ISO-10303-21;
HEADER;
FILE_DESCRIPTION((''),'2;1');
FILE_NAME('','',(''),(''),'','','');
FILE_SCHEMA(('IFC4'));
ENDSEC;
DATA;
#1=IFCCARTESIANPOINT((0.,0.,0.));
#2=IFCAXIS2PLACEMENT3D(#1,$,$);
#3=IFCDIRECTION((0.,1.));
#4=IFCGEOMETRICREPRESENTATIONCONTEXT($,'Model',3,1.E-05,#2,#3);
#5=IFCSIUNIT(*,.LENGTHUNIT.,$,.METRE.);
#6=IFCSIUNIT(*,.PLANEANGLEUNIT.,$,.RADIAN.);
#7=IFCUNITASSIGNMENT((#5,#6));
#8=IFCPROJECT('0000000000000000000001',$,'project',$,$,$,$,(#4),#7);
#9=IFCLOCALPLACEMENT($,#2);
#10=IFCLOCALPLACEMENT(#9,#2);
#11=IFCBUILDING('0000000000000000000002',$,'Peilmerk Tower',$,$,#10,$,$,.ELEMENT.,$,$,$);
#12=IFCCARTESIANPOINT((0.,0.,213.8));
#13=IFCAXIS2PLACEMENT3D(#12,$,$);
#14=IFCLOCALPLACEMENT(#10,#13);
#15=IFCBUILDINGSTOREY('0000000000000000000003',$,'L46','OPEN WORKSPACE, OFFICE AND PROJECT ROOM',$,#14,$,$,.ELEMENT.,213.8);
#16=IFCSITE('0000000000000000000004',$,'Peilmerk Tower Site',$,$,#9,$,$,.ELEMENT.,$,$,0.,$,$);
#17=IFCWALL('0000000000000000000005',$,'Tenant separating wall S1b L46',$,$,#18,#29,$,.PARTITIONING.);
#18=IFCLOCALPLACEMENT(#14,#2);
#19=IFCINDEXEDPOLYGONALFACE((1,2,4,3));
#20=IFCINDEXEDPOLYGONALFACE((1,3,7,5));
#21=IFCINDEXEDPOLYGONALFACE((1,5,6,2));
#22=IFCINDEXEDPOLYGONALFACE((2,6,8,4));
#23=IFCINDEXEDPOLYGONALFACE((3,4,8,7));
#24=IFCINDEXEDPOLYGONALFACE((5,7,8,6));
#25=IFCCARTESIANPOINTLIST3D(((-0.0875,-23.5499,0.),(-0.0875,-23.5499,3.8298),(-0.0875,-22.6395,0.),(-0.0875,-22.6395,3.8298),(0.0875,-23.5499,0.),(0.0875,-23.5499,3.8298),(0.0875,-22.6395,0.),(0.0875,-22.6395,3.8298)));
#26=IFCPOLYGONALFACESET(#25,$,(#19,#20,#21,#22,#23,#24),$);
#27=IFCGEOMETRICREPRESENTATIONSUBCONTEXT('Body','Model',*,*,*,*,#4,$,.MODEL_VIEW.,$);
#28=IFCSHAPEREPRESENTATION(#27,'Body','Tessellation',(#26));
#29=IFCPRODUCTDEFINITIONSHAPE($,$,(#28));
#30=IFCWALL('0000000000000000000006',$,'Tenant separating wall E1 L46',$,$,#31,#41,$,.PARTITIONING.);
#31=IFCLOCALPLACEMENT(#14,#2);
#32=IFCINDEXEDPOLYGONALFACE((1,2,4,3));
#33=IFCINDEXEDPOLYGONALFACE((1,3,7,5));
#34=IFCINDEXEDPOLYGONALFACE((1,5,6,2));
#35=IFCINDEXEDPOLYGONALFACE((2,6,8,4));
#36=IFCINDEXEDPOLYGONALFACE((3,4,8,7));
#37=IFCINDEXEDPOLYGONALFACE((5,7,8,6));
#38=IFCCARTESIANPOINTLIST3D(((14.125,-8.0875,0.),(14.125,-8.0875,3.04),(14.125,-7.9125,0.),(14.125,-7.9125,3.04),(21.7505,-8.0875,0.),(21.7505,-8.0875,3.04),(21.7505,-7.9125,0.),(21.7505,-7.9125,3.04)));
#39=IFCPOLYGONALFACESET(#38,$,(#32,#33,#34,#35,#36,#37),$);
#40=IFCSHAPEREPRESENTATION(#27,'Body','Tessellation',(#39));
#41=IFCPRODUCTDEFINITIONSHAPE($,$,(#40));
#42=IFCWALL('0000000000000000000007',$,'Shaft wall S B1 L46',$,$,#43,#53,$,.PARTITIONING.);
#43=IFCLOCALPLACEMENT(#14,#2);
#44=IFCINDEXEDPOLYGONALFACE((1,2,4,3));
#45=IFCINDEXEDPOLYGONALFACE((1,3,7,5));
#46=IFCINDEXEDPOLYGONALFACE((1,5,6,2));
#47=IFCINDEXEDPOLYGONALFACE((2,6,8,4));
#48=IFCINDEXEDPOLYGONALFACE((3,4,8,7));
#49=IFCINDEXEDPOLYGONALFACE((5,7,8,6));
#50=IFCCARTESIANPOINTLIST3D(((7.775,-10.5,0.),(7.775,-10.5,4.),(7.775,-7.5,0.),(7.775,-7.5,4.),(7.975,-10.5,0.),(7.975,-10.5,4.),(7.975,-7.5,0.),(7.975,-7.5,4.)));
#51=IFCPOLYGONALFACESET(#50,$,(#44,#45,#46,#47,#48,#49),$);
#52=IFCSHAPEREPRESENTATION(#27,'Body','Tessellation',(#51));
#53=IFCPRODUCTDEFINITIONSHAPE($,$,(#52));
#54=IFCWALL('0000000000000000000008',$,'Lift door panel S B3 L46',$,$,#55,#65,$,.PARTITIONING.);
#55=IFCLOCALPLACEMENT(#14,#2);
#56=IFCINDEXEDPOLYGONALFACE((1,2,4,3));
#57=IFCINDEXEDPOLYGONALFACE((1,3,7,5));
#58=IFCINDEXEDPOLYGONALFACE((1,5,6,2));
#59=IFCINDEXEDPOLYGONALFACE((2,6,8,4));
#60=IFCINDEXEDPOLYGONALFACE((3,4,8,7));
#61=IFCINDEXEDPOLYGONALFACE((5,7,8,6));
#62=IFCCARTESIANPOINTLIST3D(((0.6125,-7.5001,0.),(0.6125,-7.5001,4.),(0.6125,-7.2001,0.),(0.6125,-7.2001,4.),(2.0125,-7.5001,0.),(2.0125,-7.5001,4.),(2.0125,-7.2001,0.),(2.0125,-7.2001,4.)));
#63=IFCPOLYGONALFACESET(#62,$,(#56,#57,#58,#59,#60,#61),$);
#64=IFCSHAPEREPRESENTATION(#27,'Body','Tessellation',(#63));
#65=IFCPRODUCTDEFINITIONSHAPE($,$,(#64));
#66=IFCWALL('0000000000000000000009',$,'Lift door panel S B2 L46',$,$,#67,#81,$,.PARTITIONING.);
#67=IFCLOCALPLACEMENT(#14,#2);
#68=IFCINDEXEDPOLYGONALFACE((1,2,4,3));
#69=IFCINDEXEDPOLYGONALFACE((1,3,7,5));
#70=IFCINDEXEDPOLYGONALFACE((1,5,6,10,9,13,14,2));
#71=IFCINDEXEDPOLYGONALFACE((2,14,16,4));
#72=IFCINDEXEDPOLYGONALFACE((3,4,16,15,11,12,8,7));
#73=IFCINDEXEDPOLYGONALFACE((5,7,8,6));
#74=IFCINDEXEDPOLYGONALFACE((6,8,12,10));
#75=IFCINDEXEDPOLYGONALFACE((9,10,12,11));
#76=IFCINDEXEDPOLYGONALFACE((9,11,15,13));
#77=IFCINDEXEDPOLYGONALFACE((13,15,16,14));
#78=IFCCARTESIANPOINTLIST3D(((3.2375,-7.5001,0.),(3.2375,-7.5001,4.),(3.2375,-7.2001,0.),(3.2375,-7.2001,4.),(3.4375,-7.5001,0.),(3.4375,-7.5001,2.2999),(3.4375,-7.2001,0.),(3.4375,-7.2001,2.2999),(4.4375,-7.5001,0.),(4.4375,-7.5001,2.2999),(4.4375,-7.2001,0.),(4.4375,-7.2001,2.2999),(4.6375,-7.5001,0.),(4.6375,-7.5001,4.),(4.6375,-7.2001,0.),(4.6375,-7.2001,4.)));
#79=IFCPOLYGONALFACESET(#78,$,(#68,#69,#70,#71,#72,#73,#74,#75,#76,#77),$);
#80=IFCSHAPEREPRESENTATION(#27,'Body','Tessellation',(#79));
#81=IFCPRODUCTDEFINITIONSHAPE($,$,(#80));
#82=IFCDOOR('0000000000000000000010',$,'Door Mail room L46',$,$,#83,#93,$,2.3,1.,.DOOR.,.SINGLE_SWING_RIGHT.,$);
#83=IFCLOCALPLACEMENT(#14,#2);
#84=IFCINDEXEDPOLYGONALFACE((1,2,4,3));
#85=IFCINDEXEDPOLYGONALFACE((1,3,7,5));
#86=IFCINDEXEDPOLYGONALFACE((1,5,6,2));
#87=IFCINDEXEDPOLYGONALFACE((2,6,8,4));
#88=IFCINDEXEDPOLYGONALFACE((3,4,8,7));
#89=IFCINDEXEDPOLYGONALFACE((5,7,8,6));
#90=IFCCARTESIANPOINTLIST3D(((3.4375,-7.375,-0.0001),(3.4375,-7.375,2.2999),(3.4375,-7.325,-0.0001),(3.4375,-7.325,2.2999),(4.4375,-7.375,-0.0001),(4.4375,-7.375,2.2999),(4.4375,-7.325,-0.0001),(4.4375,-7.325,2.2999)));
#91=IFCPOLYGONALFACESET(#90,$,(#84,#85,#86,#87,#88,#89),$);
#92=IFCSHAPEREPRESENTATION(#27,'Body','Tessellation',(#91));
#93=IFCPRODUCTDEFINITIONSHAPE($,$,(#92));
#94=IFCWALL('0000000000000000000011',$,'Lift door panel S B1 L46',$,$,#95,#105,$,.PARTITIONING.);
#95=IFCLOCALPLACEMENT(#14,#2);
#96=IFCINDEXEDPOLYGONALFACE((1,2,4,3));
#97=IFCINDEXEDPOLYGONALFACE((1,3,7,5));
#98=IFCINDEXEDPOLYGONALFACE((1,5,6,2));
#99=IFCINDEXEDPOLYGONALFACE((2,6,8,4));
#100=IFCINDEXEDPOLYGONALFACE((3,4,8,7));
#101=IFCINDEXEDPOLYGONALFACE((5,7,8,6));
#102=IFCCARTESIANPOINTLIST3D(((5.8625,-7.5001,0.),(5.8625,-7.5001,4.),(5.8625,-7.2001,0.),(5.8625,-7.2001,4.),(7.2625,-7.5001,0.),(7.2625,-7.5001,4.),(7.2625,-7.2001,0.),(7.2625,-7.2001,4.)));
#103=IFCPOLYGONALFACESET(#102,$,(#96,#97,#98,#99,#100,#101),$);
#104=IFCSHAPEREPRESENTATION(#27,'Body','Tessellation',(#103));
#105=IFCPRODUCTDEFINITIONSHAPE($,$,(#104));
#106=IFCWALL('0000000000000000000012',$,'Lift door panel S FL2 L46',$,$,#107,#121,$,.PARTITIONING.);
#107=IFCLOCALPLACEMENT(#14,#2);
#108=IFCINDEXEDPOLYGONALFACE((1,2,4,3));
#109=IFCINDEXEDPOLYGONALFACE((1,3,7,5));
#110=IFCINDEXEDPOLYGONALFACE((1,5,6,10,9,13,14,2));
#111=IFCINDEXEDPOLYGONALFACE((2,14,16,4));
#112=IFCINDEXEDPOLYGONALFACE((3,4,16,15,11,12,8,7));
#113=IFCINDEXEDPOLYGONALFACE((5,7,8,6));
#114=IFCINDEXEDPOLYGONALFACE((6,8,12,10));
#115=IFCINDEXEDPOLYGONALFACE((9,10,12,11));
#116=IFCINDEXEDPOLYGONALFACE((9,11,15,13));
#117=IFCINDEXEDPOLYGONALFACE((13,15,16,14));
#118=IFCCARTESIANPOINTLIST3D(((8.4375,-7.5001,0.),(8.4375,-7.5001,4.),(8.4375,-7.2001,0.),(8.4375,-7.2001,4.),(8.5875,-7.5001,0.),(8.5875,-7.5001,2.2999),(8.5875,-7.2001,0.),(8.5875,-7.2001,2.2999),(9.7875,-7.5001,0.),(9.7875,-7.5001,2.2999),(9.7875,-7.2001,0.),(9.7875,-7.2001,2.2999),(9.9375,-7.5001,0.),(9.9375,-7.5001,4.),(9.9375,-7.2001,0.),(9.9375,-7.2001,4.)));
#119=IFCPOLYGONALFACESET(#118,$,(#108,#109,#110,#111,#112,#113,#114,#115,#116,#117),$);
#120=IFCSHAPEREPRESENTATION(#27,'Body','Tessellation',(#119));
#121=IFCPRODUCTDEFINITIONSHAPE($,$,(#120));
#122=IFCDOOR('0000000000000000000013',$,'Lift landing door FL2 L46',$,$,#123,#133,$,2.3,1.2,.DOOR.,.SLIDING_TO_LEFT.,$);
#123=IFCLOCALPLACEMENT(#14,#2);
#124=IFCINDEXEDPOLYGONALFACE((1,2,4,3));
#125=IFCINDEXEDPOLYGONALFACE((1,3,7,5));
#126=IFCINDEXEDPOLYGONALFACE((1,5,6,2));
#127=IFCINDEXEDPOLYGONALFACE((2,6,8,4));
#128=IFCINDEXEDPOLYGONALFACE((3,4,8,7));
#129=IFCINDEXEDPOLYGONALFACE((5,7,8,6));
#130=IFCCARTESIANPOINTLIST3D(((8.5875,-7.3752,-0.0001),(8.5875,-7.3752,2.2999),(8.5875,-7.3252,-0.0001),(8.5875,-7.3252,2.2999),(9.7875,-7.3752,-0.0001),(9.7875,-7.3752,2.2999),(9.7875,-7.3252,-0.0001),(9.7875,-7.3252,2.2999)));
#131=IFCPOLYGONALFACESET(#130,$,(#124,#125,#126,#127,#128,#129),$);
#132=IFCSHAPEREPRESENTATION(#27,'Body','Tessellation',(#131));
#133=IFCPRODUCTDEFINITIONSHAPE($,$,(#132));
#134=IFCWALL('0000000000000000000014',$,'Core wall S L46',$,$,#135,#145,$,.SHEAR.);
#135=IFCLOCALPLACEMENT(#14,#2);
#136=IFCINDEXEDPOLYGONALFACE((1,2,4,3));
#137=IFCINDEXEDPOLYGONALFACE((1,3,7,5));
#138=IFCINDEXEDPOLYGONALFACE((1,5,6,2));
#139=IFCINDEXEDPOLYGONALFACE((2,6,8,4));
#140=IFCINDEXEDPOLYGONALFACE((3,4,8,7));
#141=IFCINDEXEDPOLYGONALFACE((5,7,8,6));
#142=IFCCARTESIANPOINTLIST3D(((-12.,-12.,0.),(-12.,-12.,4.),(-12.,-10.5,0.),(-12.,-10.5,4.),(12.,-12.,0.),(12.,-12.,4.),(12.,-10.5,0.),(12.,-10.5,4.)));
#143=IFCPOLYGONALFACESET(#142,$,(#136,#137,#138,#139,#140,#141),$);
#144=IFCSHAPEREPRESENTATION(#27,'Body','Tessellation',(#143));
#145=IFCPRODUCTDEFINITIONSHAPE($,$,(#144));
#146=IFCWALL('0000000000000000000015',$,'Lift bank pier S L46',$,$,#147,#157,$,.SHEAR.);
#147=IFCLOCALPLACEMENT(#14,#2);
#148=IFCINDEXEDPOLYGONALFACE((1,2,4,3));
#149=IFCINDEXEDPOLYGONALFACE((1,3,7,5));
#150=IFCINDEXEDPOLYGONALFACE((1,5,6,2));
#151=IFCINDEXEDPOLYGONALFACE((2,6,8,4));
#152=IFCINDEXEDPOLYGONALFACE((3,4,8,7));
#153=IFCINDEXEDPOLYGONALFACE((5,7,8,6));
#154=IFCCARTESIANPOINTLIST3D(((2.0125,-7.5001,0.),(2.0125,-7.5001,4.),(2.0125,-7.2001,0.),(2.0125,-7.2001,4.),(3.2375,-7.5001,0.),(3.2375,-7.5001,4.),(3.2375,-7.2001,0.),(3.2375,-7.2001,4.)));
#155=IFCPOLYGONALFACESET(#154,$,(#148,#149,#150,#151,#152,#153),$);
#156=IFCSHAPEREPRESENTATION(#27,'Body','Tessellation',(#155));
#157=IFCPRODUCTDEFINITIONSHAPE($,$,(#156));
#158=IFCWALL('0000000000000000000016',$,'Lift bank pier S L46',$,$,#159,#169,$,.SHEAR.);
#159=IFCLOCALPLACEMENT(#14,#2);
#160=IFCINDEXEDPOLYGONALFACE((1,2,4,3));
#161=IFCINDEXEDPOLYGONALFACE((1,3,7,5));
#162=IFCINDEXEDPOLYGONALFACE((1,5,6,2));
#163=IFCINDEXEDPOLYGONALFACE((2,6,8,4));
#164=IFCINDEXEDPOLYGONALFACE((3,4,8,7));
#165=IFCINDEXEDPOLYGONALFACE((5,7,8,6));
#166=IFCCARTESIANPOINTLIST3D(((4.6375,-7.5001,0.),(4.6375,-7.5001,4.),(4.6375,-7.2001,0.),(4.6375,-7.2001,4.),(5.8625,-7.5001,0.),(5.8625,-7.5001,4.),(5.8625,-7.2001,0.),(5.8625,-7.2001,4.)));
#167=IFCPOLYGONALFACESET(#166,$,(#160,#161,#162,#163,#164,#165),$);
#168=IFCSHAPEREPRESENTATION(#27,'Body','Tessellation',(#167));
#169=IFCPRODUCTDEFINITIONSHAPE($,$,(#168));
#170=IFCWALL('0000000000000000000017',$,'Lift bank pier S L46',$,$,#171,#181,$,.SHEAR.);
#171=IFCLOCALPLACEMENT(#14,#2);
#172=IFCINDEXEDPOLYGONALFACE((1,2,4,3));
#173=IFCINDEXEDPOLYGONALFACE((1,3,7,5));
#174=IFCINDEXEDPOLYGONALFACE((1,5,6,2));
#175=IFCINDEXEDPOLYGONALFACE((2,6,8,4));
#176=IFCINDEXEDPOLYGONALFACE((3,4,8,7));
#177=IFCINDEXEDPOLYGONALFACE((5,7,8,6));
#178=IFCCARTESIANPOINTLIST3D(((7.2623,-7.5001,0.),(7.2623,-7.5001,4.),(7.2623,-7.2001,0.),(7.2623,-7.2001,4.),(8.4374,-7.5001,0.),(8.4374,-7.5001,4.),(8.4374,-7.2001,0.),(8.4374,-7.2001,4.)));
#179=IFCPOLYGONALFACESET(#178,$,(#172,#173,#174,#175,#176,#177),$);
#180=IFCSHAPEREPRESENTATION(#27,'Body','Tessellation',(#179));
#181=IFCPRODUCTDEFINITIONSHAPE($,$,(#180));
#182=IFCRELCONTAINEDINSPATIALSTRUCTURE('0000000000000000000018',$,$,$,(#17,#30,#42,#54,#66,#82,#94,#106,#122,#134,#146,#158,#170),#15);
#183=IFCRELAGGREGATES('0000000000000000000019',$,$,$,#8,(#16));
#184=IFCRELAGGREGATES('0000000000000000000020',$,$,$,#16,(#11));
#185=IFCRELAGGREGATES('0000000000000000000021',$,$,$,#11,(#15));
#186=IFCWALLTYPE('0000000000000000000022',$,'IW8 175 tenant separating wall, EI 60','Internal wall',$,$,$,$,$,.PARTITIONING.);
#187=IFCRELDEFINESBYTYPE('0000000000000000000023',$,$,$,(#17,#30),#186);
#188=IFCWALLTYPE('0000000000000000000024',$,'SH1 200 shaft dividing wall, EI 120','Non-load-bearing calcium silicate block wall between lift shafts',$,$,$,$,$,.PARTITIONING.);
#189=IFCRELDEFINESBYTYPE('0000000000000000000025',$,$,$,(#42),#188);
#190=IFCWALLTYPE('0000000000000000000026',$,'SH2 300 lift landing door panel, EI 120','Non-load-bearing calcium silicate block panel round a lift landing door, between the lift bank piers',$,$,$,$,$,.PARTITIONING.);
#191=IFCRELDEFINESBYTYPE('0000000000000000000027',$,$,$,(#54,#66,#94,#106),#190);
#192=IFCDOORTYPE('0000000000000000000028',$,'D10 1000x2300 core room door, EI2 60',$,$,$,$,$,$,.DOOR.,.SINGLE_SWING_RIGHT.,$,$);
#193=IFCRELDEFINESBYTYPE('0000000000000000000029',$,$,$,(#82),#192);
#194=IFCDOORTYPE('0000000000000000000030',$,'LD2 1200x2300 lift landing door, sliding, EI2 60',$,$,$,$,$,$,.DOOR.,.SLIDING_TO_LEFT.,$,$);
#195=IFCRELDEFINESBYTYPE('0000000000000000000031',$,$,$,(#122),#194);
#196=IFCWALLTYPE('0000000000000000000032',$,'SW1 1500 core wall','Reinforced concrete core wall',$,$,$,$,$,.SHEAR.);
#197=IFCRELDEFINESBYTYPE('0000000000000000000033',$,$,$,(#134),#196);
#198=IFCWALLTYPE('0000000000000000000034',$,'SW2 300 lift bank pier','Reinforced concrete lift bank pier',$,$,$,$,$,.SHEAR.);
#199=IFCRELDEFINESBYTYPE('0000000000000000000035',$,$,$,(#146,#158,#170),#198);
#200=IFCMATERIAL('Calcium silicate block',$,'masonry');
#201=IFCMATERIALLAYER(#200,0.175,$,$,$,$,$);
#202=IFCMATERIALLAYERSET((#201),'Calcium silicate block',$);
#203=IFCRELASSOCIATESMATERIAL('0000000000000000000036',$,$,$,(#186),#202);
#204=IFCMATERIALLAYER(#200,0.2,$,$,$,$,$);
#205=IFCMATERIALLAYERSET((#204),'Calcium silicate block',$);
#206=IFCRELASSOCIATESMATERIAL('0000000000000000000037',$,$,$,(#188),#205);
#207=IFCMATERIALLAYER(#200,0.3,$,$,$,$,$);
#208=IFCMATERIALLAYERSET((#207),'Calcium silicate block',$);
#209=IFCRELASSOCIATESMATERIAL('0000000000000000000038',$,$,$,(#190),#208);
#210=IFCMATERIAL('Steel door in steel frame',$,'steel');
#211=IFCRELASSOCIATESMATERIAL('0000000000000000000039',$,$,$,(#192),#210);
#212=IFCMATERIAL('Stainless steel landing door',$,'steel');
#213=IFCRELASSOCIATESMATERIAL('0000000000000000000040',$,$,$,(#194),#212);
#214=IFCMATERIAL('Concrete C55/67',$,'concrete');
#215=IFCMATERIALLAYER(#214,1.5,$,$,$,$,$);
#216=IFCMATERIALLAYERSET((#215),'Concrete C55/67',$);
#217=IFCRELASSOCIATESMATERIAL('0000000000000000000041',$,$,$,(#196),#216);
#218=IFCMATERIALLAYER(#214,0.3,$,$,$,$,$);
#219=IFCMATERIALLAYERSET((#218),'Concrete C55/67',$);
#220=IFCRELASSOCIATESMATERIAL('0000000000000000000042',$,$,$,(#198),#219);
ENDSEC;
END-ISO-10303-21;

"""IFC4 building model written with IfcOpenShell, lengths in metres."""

from ifc_helpers import new_model, si_unit, direction, frame, frame_2d, origin, place, context, subcontext, project, spatial, rectangle, extrude, material, layer, layer_set, type_object, element, fill, save


model = new_model("IFC4")

# Units and contexts
model_context = context("Model", 3, precision=1e-05, world=origin(), true_north=direction((0.0, 1.0)))
body_context = subcontext(model_context, "Body", "Model", "MODEL_VIEW")
ifc_project = project(units=[si_unit("LENGTHUNIT", "METRE"), si_unit("PLANEANGLEUNIT", "RADIAN")], contexts=[model_context])

# Site, building, storey
site_placement = place(None, origin())
site = spatial("IfcSite", under=ifc_project, at=site_placement, Name="Peilmerk Tower Site", CompositionType="ELEMENT", RefElevation=0.0)
building_placement = place(site_placement, origin())
building = spatial("IfcBuilding", under=site, at=building_placement, Name="Peilmerk Tower", CompositionType="ELEMENT")
storey_placement = place(building_placement, frame((0.0, 0.0, 213.8)))
storey = spatial("IfcBuildingStorey", under=building, at=storey_placement, Name="L46", Description="OPEN WORKSPACE, OFFICE AND PROJECT ROOM", CompositionType="ELEMENT", Elevation=213.8)

# Shared definitions
ifc_material_1 = material(Name="Calcium silicate block", Category="masonry")

# Walls
ifc_layer_1 = layer(ifc_material_1, 0.175)
ifc_layer_set_1 = layer_set([ifc_layer_1], Name="Calcium silicate block")
wall_type_1 = type_object("IfcWallType", Name="IW8 175 tenant separating wall, EI 60", Description="Internal wall", PredefinedType="PARTITIONING", material=ifc_layer_set_1)
wall_1_placement = place(storey_placement, frame((0.0, -22.6396, 0.0), z_axis=(0.0, 0.0, 1.0), x_axis=(0.0, -1.0, 0.0)))
element("IfcWall", 1, at=wall_1_placement, inside=storey, type_object=wall_type_1, Name="Tenant separating wall S1b L46", PredefinedType="PARTITIONING", context=body_context, shape_type="SweptSolid", body=[
    extrude(rectangle(XDim=0.9104, YDim=0.175, at=frame_2d((0.4551, 0.0))), origin(), (0.0, 0.0, 1.0), 3.8298),
])
wall_2_placement = place(storey_placement, frame((14.125, -8.0, 0.0), z_axis=(0.0, 0.0, 1.0), x_axis=(1.0, 0.0, 0.0)))
element("IfcWall", 2, at=wall_2_placement, inside=storey, type_object=wall_type_1, Name="Tenant separating wall E1 L46", PredefinedType="PARTITIONING", context=body_context, shape_type="SweptSolid", body=[
    extrude(rectangle(XDim=7.6255, YDim=0.175, at=frame_2d((3.8127, 0.0))), origin(), (0.0, 0.0, 1.0), 3.04),
])
ifc_layer_2 = layer(ifc_material_1, 0.2)
ifc_layer_set_2 = layer_set([ifc_layer_2], Name="Calcium silicate block")
wall_type_2 = type_object("IfcWallType", Name="SH1 200 shaft dividing wall, EI 120", Description="Non-load-bearing calcium silicate block wall between lift shafts", PredefinedType="PARTITIONING", material=ifc_layer_set_2)
wall_3_placement = place(storey_placement, frame((7.875, -10.5, 0.0), z_axis=(0.0, 0.0, 1.0), x_axis=(0.0, 1.0, 0.0)))
element("IfcWall", 3, at=wall_3_placement, inside=storey, type_object=wall_type_2, Name="Shaft wall S B1 L46", PredefinedType="PARTITIONING", context=body_context, shape_type="SweptSolid", body=[
    extrude(rectangle(XDim=3.0, YDim=0.2, at=frame_2d((1.5, 0.0))), origin(), (0.0, 0.0, 1.0), 4.0),
])
ifc_layer_3 = layer(ifc_material_1, 0.3)
ifc_layer_set_3 = layer_set([ifc_layer_3], Name="Calcium silicate block")
wall_type_3 = type_object("IfcWallType", Name="SH2 300 lift landing door panel, EI 120", Description="Non-load-bearing calcium silicate block panel round a lift landing door, between the lift bank piers", PredefinedType="PARTITIONING", material=ifc_layer_set_3)
wall_4_placement = place(storey_placement, frame((0.6125, -7.3501, 0.0), z_axis=(0.0, 0.0, 1.0), x_axis=(1.0, 0.0, 0.0)))
element("IfcWall", 4, at=wall_4_placement, inside=storey, type_object=wall_type_3, Name="Lift door panel S B3 L46", PredefinedType="PARTITIONING", context=body_context, shape_type="SweptSolid", body=[
    extrude(rectangle(XDim=1.3999, YDim=0.3, at=frame_2d((0.7, 0.0))), origin(), (0.0, 0.0, 1.0), 4.0),
])

# Wall, opening, door
wall_5_placement = place(storey_placement, frame((3.2375, -7.3501, 0.0), z_axis=(0.0, 0.0, 1.0), x_axis=(1.0, 0.0, 0.0)))
wall_5 = element("IfcWall", 5, at=wall_5_placement, inside=storey, type_object=wall_type_3, Name="Lift door panel S B2 L46", PredefinedType="PARTITIONING", context=body_context, shape_type="SweptSolid", body=[
    extrude(rectangle(XDim=1.3999, YDim=0.3, at=frame_2d((0.7, 0.0))), origin(), (0.0, 0.0, 1.0), 4.0),
])
opening_1_placement = place(wall_5_placement, frame((0.2, 0.0, 0.0)))
opening_1 = element("IfcOpeningElement", 6, at=opening_1_placement, cuts=wall_5, PredefinedType="OPENING", context=body_context, shape_type="SweptSolid", body=[
    extrude(rectangle(XDim=1.0, YDim=2.3, at=frame_2d((0.5, 1.1499))), frame((0.0, 0.1599, 0.0), z_axis=(0.0, -1.0, 0.0), x_axis=(1.0, 0.0, 0.0)), (0.0, 0.0, 1.0), 0.3201),
])
ifc_material_2 = material(Name="Steel door in steel frame", Category="steel")
door_type_1 = type_object("IfcDoorType", Name="D10 1000x2300 core room door, EI2 60", OperationType="SINGLE_SWING_RIGHT", PredefinedType="DOOR", material=ifc_material_2)
door_1_placement = place(opening_1_placement, frame((1.0, 0.0, 0.0), z_axis=(0.0, 0.0, 1.0), x_axis=(-1.0, 0.0, 0.0)))
door_1 = element("IfcDoor", 7, at=door_1_placement, inside=storey, type_object=door_type_1, Name="Door Mail room L46", OperationType="SINGLE_SWING_RIGHT", OverallHeight=2.3, OverallWidth=1.0, PredefinedType="DOOR", context=body_context, shape_type="SweptSolid", body=[
    extrude(rectangle(XDim=1.0, YDim=2.3, at=frame_2d((0.5, 1.1499))), frame((0.0, 0.0249, 0.0), z_axis=(0.0, -1.0, 0.0), x_axis=(1.0, 0.0, 0.0)), (0.0, 0.0, 1.0), 0.05),
])
fill(opening_1, door_1)

# Wall
wall_6_placement = place(storey_placement, frame((5.8625, -7.3501, 0.0), z_axis=(0.0, 0.0, 1.0), x_axis=(1.0, 0.0, 0.0)))
element("IfcWall", 8, at=wall_6_placement, inside=storey, type_object=wall_type_3, Name="Lift door panel S B1 L46", PredefinedType="PARTITIONING", context=body_context, shape_type="SweptSolid", body=[
    extrude(rectangle(XDim=1.3999, YDim=0.3, at=frame_2d((0.7, 0.0))), origin(), (0.0, 0.0, 1.0), 4.0),
])

# Wall, opening, door
wall_7_placement = place(storey_placement, frame((8.4375, -7.3501, 0.0), z_axis=(0.0, 0.0, 1.0), x_axis=(1.0, 0.0, 0.0)))
wall_7 = element("IfcWall", 9, at=wall_7_placement, inside=storey, type_object=wall_type_3, Name="Lift door panel S FL2 L46", PredefinedType="PARTITIONING", context=body_context, shape_type="SweptSolid", body=[
    extrude(rectangle(XDim=1.5, YDim=0.3, at=frame_2d((0.75, 0.0))), origin(), (0.0, 0.0, 1.0), 4.0),
])
opening_2_placement = place(wall_7_placement, frame((0.1499, 0.0, 0.0)))
opening_2 = element("IfcOpeningElement", 10, at=opening_2_placement, cuts=wall_7, PredefinedType="OPENING", context=body_context, shape_type="SweptSolid", body=[
    extrude(rectangle(XDim=1.2, YDim=2.3, at=frame_2d((0.6001, 1.1499))), frame((0.0, 0.1599, 0.0), z_axis=(0.0, -1.0, 0.0), x_axis=(1.0, 0.0, 0.0)), (0.0, 0.0, 1.0), 0.3201),
])
ifc_material_3 = material(Name="Stainless steel landing door", Category="steel")
door_type_2 = type_object("IfcDoorType", Name="LD2 1200x2300 lift landing door, sliding, EI2 60", OperationType="SLIDING_TO_LEFT", PredefinedType="DOOR", material=ifc_material_3)
door_2_placement = place(opening_2_placement, origin())
door_2 = element("IfcDoor", 11, at=door_2_placement, inside=storey, type_object=door_type_2, Name="Lift landing door FL2 L46", OperationType="SLIDING_TO_LEFT", OverallHeight=2.3, OverallWidth=1.2, PredefinedType="DOOR", context=body_context, shape_type="SweptSolid", body=[
    extrude(rectangle(XDim=1.2, YDim=2.3, at=frame_2d((0.6001, 1.1499))), frame((0.0, 0.0249, 0.0), z_axis=(0.0, -1.0, 0.0), x_axis=(1.0, 0.0, 0.0)), (0.0, 0.0, 1.0), 0.05),
])
fill(opening_2, door_2)

# Walls
ifc_material_4 = material(Name="Concrete C55/67", Category="concrete")
ifc_layer_4 = layer(ifc_material_4, 1.5)
ifc_layer_set_4 = layer_set([ifc_layer_4], Name="Concrete C55/67")
wall_type_4 = type_object("IfcWallType", Name="SW1 1500 core wall", Description="Reinforced concrete core wall", PredefinedType="SHEAR", material=ifc_layer_set_4)
wall_8_placement = place(storey_placement, frame((12.0, -11.25, 0.0), z_axis=(0.0, 0.0, 1.0), x_axis=(-1.0, 0.0, 0.0)))
element("IfcWall", 12, at=wall_8_placement, inside=storey, type_object=wall_type_4, Name="Core wall S L46", PredefinedType="SHEAR", context=body_context, shape_type="SweptSolid", body=[
    extrude(rectangle(XDim=24.0, YDim=1.5, at=frame_2d((12.0, 0.0))), origin(), (0.0, 0.0, 1.0), 4.0),
])
ifc_layer_5 = layer(ifc_material_4, 0.3)
ifc_layer_set_5 = layer_set([ifc_layer_5], Name="Concrete C55/67")
wall_type_5 = type_object("IfcWallType", Name="SW2 300 lift bank pier", Description="Reinforced concrete lift bank pier", PredefinedType="SHEAR", material=ifc_layer_set_5)
for number, where, z_axis, x_axis, name in (
    (13, (2.0125, -7.3501, 0.0), (0.0, 0.0, 1.0), (1.0, 0.0, 0.0), "Lift bank pier S L46"),
    (14, (4.6375, -7.3501, 0.0), (0.0, 0.0, 1.0), (1.0, 0.0, 0.0), "Lift bank pier S L46"),
):
    element("IfcWall", number, at=place(storey_placement, frame(where, z_axis=z_axis, x_axis=x_axis)), inside=storey, type_object=wall_type_5, Name=name, PredefinedType="SHEAR", context=body_context, shape_type="SweptSolid", body=[
        extrude(rectangle(XDim=1.2251, YDim=0.3, at=frame_2d((0.6125, 0.0))), origin(), (0.0, 0.0, 1.0), 4.0),
    ])
wall_9_placement = place(storey_placement, frame((7.2625, -7.3501, 0.0), z_axis=(0.0, 0.0, 1.0), x_axis=(1.0, 0.0, 0.0)))
element("IfcWall", 15, at=wall_9_placement, inside=storey, type_object=wall_type_5, Name="Lift bank pier S L46", PredefinedType="SHEAR", context=body_context, shape_type="SweptSolid", body=[
    extrude(rectangle(XDim=1.175, YDim=0.3, at=frame_2d((0.5874, 0.0))), origin(), (0.0, 0.0, 1.0), 4.0),
])

save(model, "model.ifc")
